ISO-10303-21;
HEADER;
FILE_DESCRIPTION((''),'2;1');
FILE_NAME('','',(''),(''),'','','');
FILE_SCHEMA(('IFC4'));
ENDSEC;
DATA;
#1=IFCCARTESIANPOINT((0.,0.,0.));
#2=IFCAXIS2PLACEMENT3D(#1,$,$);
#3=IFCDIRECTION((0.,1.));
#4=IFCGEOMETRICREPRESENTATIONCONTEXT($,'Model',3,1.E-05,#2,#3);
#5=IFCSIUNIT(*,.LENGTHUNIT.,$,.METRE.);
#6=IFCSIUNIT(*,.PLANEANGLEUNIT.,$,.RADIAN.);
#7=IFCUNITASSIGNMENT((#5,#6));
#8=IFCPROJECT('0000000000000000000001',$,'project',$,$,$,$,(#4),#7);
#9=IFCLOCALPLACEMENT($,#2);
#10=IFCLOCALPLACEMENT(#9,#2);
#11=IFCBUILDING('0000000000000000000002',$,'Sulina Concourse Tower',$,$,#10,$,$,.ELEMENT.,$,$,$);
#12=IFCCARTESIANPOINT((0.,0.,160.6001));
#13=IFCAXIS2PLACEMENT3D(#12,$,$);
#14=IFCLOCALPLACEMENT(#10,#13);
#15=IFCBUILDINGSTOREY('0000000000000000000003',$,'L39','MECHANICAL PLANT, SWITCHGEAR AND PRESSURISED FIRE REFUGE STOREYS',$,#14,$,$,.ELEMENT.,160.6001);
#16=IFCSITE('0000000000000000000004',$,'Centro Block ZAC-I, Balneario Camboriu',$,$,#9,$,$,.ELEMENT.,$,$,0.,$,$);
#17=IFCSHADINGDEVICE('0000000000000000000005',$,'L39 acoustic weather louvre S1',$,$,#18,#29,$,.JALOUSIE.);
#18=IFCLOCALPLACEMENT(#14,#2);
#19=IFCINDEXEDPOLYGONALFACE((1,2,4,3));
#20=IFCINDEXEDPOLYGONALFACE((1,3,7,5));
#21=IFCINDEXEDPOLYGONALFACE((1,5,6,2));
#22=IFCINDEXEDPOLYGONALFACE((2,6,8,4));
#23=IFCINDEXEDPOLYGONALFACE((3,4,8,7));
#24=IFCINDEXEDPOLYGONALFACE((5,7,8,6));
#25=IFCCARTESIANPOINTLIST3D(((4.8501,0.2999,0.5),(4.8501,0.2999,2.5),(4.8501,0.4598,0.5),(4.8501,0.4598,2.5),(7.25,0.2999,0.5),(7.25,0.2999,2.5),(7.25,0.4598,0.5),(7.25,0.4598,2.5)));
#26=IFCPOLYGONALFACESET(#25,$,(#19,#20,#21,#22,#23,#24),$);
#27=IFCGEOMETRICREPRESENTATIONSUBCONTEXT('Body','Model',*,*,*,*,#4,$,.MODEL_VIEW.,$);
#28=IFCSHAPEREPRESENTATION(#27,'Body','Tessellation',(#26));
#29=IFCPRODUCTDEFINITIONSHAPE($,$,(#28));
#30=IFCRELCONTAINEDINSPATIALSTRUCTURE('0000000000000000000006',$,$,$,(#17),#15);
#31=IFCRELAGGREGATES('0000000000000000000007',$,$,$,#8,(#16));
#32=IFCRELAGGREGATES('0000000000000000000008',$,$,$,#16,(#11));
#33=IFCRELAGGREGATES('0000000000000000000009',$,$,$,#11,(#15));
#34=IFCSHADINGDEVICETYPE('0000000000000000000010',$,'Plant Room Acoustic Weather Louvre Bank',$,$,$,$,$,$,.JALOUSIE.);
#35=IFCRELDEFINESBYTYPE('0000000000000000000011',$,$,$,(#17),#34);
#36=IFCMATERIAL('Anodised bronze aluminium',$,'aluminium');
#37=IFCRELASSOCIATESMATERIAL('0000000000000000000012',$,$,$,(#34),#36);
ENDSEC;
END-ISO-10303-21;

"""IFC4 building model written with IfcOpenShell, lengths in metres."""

from ifc_helpers import new_model, si_unit, direction, frame, origin, origin_2d, place, context, subcontext, project, spatial, rectangle, extrude, material, type_object, element, save


model = new_model("IFC4")

# Units and contexts
model_context = context("Model", 3, precision=1e-05, world=origin(), true_north=direction((0.0, 1.0)))
body_context = subcontext(model_context, "Body", "Model", "MODEL_VIEW")
ifc_project = project(units=[si_unit("LENGTHUNIT", "METRE"), si_unit("PLANEANGLEUNIT", "RADIAN")], contexts=[model_context])

# Site, building, storey
site_placement = place(None, origin())
site = spatial("IfcSite", under=ifc_project, at=site_placement, Name="Centro Block ZAC-I, Balneario Camboriu", CompositionType="ELEMENT", RefElevation=0.0)
building_placement = place(site_placement, origin())
building = spatial("IfcBuilding", under=site, at=building_placement, Name="Sulina Concourse Tower", CompositionType="ELEMENT")
storey_placement = place(building_placement, frame((0.0, 0.0, 160.6001)))
storey = spatial("IfcBuildingStorey", under=building, at=storey_placement, Name="L39", Description="MECHANICAL PLANT, SWITCHGEAR AND PRESSURISED FIRE REFUGE STOREYS", CompositionType="ELEMENT", Elevation=160.6001)

# Shading device
ifc_material_1 = material(Name="Anodised bronze aluminium", Category="aluminium")
shading_device_type = type_object("IfcShadingDeviceType", Name="Plant Room Acoustic Weather Louvre Bank", PredefinedType="JALOUSIE", material=ifc_material_1)
shading_device_placement = place(storey_placement, frame((6.05, 0.3799, 0.5), z_axis=(0.0, 0.0, 1.0), x_axis=(1.0, 0.0, 0.0)))
element("IfcShadingDevice", 1, at=shading_device_placement, inside=storey, type_object=shading_device_type, Name="L39 acoustic weather louvre S1", PredefinedType="JALOUSIE", context=body_context, shape_type="SweptSolid", body=[
    extrude(rectangle(XDim=2.3999, YDim=0.1599, at=origin_2d()), origin(), (0.0, 0.0, 1.0), 2.0),
])

save(model, "model.ifc")
